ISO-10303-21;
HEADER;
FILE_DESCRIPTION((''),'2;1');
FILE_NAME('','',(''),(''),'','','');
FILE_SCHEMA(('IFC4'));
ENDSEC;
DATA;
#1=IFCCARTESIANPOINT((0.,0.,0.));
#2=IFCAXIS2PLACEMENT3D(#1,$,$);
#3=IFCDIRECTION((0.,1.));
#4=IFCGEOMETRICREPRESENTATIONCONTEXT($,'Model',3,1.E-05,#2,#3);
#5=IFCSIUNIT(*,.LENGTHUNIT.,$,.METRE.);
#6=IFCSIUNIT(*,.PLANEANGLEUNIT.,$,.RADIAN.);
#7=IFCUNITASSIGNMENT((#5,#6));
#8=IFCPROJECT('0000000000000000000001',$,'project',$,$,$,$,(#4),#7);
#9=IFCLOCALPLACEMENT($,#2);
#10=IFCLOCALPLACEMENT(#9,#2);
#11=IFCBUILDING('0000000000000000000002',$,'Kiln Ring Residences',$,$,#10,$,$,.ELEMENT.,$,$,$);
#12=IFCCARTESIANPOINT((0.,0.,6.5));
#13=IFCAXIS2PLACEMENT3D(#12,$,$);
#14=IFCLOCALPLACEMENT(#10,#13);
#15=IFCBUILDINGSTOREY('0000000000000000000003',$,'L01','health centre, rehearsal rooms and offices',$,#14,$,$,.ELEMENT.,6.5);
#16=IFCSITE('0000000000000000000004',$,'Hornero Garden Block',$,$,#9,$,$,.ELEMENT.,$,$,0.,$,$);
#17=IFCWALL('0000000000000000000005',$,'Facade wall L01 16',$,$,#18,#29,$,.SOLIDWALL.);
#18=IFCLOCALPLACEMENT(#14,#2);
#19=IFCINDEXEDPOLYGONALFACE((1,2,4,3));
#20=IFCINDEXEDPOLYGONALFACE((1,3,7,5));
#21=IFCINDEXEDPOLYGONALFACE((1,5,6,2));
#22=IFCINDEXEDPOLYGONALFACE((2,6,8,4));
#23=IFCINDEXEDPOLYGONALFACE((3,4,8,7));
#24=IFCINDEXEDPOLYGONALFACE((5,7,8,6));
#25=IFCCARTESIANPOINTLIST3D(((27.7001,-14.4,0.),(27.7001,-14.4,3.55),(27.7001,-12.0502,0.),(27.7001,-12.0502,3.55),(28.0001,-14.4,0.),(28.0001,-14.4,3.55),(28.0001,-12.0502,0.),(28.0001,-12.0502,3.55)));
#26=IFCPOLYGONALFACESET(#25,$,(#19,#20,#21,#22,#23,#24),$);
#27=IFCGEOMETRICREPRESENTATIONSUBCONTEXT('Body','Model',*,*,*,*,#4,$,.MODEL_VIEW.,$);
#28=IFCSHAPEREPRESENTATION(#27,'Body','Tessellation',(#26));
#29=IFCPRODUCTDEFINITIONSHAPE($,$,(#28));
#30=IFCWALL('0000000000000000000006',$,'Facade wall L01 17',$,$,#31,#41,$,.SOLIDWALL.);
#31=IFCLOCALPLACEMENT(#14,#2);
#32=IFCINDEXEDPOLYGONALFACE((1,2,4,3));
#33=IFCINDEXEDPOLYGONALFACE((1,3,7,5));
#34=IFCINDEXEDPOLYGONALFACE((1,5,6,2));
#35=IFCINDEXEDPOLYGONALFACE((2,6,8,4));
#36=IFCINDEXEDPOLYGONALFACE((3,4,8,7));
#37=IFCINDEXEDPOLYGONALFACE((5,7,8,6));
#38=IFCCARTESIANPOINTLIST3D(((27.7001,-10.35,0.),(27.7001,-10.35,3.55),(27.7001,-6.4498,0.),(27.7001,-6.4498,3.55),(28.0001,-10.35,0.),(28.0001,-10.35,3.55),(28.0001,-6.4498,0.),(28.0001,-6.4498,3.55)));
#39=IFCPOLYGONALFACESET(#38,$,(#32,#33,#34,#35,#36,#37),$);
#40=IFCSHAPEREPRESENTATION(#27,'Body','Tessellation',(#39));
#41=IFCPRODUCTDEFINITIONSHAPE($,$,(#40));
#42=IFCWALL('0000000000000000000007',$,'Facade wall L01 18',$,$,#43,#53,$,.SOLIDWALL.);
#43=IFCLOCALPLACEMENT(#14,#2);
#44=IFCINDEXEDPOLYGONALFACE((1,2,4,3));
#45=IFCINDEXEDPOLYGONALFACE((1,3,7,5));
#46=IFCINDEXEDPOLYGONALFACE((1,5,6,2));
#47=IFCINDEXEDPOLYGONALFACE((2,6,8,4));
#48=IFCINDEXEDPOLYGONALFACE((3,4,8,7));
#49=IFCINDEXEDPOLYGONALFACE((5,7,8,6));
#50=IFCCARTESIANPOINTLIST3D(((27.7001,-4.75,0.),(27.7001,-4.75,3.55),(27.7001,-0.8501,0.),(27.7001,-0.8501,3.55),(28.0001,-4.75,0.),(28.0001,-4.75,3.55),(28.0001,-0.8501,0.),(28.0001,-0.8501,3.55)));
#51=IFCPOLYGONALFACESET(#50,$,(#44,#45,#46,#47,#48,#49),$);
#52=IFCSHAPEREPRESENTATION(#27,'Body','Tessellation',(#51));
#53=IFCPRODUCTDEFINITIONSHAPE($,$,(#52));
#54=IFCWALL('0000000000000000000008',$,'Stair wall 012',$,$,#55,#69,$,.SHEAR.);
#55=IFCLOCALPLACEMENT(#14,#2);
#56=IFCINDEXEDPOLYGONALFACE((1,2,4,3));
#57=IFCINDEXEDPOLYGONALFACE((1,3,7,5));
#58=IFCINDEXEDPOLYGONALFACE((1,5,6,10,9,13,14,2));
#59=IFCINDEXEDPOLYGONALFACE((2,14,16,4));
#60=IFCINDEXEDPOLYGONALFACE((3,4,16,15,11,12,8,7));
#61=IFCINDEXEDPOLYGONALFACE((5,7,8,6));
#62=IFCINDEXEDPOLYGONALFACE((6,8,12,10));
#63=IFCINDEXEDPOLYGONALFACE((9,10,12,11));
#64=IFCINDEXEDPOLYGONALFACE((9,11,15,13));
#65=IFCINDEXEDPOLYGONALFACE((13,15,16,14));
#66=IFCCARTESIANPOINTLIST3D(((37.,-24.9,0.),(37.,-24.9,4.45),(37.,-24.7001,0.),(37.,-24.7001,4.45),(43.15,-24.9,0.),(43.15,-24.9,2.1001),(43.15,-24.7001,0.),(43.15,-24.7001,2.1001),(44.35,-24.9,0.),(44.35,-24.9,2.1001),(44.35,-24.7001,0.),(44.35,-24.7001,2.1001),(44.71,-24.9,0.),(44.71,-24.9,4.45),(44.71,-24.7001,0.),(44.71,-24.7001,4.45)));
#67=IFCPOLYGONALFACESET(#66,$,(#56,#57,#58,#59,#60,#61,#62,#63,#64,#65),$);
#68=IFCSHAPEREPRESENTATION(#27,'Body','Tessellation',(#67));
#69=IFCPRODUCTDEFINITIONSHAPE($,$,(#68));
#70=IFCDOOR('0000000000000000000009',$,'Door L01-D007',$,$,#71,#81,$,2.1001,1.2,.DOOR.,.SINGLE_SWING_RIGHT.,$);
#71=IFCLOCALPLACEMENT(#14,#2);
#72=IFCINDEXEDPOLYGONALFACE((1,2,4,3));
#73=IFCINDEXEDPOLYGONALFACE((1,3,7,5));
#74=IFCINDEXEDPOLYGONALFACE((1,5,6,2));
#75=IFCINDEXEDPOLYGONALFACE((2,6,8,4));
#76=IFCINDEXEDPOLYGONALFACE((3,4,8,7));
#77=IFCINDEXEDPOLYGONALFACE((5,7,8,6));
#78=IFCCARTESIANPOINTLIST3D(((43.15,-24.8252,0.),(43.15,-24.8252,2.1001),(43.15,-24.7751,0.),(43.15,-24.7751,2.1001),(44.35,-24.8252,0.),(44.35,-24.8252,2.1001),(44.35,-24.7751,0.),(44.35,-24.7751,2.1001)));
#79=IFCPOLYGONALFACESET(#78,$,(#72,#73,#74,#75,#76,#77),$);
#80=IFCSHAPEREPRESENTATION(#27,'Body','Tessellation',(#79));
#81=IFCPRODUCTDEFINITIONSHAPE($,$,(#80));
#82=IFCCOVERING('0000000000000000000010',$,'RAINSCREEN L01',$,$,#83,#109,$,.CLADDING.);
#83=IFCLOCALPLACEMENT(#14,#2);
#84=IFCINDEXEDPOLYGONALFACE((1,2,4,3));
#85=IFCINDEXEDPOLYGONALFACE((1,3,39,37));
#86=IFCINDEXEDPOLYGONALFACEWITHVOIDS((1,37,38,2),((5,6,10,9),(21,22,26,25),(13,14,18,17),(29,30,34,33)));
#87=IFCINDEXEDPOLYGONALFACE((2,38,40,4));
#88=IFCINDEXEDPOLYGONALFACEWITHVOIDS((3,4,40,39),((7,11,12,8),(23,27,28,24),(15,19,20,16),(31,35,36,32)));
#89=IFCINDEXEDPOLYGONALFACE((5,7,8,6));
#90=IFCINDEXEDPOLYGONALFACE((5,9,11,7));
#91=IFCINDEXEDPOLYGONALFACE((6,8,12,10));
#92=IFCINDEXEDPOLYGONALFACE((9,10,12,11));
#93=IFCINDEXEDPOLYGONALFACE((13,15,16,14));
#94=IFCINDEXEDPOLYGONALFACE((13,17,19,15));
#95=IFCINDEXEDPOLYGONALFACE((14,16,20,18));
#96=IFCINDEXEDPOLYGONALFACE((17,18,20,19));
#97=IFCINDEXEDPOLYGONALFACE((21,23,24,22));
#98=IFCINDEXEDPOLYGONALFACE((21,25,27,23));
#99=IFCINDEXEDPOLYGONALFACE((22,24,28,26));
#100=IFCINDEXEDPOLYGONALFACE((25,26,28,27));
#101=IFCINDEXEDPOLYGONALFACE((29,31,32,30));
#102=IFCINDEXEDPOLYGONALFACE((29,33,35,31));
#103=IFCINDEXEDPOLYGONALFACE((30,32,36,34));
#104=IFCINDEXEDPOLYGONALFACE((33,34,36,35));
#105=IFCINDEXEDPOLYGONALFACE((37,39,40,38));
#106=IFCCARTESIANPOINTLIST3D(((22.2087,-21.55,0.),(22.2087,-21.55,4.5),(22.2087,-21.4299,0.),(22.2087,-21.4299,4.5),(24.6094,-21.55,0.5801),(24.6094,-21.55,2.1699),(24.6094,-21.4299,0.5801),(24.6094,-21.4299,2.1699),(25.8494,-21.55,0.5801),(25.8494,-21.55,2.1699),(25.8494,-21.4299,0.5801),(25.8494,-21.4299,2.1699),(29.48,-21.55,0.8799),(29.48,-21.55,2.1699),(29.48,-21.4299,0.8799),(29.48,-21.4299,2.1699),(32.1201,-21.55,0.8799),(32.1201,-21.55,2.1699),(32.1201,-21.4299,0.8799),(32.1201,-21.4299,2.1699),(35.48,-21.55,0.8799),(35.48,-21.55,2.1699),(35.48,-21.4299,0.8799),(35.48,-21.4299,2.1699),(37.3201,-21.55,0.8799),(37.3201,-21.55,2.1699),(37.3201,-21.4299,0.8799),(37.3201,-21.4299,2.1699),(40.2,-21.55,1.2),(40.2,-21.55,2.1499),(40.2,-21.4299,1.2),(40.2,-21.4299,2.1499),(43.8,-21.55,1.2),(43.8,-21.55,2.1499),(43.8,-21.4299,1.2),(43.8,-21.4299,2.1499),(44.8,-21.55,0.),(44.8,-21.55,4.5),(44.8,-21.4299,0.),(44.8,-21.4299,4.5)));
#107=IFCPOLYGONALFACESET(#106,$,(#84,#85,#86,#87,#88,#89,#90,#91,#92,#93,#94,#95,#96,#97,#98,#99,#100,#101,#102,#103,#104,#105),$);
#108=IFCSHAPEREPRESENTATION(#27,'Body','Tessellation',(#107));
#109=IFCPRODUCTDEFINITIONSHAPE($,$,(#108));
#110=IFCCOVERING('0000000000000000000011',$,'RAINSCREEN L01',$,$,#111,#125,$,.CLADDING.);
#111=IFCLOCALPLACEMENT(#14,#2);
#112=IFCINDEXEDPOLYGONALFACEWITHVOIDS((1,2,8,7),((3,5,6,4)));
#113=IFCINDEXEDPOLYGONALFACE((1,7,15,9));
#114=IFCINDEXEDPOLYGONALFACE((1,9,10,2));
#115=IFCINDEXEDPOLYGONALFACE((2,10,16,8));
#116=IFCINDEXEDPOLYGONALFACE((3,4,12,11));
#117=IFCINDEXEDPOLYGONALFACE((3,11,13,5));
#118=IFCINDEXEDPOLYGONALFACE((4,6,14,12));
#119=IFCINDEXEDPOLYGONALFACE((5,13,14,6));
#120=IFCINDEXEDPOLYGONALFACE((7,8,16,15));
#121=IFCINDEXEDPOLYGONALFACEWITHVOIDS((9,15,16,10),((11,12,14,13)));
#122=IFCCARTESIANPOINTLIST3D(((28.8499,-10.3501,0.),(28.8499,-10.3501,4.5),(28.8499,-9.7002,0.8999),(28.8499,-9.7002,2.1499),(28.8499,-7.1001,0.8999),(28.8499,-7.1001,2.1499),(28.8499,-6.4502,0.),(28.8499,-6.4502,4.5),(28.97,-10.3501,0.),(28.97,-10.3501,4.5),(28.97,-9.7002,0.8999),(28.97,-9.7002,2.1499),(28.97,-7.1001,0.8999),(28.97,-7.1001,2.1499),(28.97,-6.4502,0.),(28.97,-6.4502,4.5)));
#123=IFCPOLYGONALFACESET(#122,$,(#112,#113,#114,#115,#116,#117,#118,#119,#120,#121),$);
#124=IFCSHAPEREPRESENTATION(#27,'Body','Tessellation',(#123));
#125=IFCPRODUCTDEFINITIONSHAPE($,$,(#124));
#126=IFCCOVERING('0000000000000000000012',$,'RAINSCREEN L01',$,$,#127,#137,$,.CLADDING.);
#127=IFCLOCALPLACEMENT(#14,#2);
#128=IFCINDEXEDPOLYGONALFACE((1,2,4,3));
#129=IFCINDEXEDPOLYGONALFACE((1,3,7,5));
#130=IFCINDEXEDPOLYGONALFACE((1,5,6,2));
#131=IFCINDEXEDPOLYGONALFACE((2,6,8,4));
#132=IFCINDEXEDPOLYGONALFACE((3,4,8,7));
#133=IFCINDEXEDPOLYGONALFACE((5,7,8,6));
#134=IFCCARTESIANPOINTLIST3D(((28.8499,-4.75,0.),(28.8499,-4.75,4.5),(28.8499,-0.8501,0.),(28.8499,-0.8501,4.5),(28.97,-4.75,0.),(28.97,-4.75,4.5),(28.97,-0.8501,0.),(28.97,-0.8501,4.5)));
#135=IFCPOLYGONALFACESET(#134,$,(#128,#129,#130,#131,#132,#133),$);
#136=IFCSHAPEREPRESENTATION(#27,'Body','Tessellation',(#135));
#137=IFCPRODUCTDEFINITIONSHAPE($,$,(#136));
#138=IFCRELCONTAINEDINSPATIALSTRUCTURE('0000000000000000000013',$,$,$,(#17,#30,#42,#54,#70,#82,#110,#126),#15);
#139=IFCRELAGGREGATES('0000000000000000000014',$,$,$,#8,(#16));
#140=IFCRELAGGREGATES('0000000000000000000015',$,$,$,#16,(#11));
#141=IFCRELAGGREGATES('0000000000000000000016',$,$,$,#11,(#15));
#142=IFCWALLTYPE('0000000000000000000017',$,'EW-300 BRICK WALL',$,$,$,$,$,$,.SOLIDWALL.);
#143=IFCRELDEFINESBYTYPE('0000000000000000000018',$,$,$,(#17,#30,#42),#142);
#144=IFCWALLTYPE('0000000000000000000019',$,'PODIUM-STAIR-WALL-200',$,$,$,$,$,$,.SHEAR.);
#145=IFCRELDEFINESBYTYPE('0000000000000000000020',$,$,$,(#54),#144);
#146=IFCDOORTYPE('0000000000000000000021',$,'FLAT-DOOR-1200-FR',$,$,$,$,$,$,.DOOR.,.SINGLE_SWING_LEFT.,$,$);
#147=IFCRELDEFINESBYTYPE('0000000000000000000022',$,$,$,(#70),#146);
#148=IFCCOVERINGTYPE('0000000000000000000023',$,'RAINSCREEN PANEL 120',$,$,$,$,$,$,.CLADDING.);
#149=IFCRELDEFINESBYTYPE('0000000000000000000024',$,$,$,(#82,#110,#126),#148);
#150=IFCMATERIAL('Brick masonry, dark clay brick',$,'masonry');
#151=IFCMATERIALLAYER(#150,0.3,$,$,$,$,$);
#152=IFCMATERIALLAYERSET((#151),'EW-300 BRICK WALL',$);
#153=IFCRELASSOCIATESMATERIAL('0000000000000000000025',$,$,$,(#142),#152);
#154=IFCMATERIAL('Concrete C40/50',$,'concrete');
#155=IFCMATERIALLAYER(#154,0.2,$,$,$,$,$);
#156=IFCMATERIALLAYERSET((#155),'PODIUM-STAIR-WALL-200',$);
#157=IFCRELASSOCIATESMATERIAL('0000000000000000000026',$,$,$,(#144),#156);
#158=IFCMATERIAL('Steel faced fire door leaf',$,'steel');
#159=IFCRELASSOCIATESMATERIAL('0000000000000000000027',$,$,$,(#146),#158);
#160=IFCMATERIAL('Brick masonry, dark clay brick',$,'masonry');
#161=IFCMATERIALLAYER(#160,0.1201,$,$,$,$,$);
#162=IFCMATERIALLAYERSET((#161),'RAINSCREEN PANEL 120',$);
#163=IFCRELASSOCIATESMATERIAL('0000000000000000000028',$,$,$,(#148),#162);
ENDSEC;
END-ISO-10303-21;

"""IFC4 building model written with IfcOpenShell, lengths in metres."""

from ifc_helpers import new_model, si_unit, direction, frame, frame_2d, origin, place, context, subcontext, project, spatial, polyline, rectangle, outline, extrude, material, layer, layer_set, type_object, element, fill, save


model = new_model("IFC4")

# Units and contexts
model_context = context("Model", 3, precision=1e-05, world=origin(), true_north=direction((0.0, 1.0)))
body_context = subcontext(model_context, "Body", "Model", "MODEL_VIEW")
ifc_project = project(units=[si_unit("LENGTHUNIT", "METRE"), si_unit("PLANEANGLEUNIT", "RADIAN")], contexts=[model_context])

# Site, building, storey
site_placement = place(None, origin())
site = spatial("IfcSite", under=ifc_project, at=site_placement, Name="Hornero Garden Block", CompositionType="ELEMENT", RefElevation=0.0)
building_placement = place(site_placement, origin())
building = spatial("IfcBuilding", under=site, at=building_placement, Name="Kiln Ring Residences", CompositionType="ELEMENT")
storey_placement = place(building_placement, frame((0.0, 0.0, 6.5)))
storey = spatial("IfcBuildingStorey", under=building, at=storey_placement, Name="L01", Description="health centre, rehearsal rooms and offices", CompositionType="ELEMENT", Elevation=6.5)

# Shared definitions
ifc_material_1 = material(Name="Brick masonry, dark clay brick", Category="masonry")
ifc_layer_1 = layer(ifc_material_1, 0.3)
ifc_layer_set_1 = layer_set([ifc_layer_1], Name="EW-300 BRICK WALL")
wall_type_1 = type_object("IfcWallType", Name="EW-300 BRICK WALL", PredefinedType="SOLIDWALL", material=ifc_layer_set_1)

# Walls
wall_1_placement = place(storey_placement, frame((27.8501, -14.3999, 0.0), z_axis=(0.0, 0.0, 1.0), x_axis=(0.0, 1.0, 0.0)))
element("IfcWall", 1, at=wall_1_placement, inside=storey, type_object=wall_type_1, Name="Facade wall L01 16", PredefinedType="SOLIDWALL", context=body_context, shape_type="SweptSolid", body=[
    extrude(rectangle(XDim=2.3499, YDim=0.3, at=frame_2d((1.1748, 0.0))), origin(), (0.0, 0.0, 1.0), 3.55),
])
wall_2_placement = place(storey_placement, frame((27.8501, -10.3501, 0.0), z_axis=(0.0, 0.0, 1.0), x_axis=(0.0, 1.0, 0.0)))
element("IfcWall", 2, at=wall_2_placement, inside=storey, type_object=wall_type_1, Name="Facade wall L01 17", PredefinedType="SOLIDWALL", context=body_context, shape_type="SweptSolid", body=[
    extrude(rectangle(XDim=3.9001, YDim=0.3, at=frame_2d((1.9502, 0.0))), origin(), (0.0, 0.0, 1.0), 3.55),
])
wall_3_placement = place(storey_placement, frame((27.8501, -4.75, 0.0), z_axis=(0.0, 0.0, 1.0), x_axis=(0.0, 1.0, 0.0)))
element("IfcWall", 3, at=wall_3_placement, inside=storey, type_object=wall_type_1, Name="Facade wall L01 18", PredefinedType="SOLIDWALL", context=body_context, shape_type="SweptSolid", body=[
    extrude(rectangle(XDim=3.8999, YDim=0.3, at=frame_2d((1.95, 0.0))), origin(), (0.0, 0.0, 1.0), 3.55),
])

# Wall, opening, door
ifc_material_2 = material(Name="Concrete C40/50", Category="concrete")
ifc_layer_2 = layer(ifc_material_2, 0.2)
ifc_layer_set_2 = layer_set([ifc_layer_2], Name="PODIUM-STAIR-WALL-200")
wall_type_2 = type_object("IfcWallType", Name="PODIUM-STAIR-WALL-200", PredefinedType="SHEAR", material=ifc_layer_set_2)
wall_4_placement = place(storey_placement, frame((37.0, -24.8, 0.0), z_axis=(0.0, 0.0, 1.0), x_axis=(1.0, 0.0, 0.0)))
wall_4 = element("IfcWall", 4, at=wall_4_placement, inside=storey, type_object=wall_type_2, Name="Stair wall 012", PredefinedType="SHEAR", context=body_context, shape_type="SweptSolid", body=[
    extrude(rectangle(XDim=7.71, YDim=0.2, at=frame_2d((3.855, 0.0))), origin(), (0.0, 0.0, 1.0), 4.45),
])
opening_1_placement = place(wall_4_placement, frame((6.1499, 0.0, 0.0)))
opening_1 = element("IfcOpeningElement", 5, at=opening_1_placement, cuts=wall_4, PredefinedType="OPENING", context=body_context, shape_type="SweptSolid", body=[
    extrude(rectangle(XDim=1.2, YDim=2.1001, at=frame_2d((0.6001, 1.05))), frame((0.0, 0.1099, 0.0), z_axis=(0.0, -1.0, 0.0), x_axis=(1.0, 0.0, 0.0)), (0.0, 0.0, 1.0), 0.22),
])
ifc_material_3 = material(Name="Steel faced fire door leaf", Category="steel")
door_type = type_object("IfcDoorType", Name="FLAT-DOOR-1200-FR", OperationType="SINGLE_SWING_LEFT", PredefinedType="DOOR", material=ifc_material_3)
door_placement = place(opening_1_placement, origin())
door = element("IfcDoor", 6, at=door_placement, inside=storey, type_object=door_type, Name="Door L01-D007", OperationType="SINGLE_SWING_RIGHT", OverallHeight=2.1001, OverallWidth=1.2, PredefinedType="DOOR", context=body_context, shape_type="SweptSolid", body=[
    extrude(rectangle(XDim=1.2, YDim=2.1001, at=frame_2d((0.6001, 1.05))), frame((0.0, 0.0249, 0.0), z_axis=(0.0, -1.0, 0.0), x_axis=(1.0, 0.0, 0.0)), (0.0, 0.0, 1.0), 0.05),
])
fill(opening_1, door)

# Coverings
ifc_material_4 = material(Name="Brick masonry, dark clay brick", Category="masonry")
ifc_layer_3 = layer(ifc_material_4, 0.1201)
ifc_layer_set_3 = layer_set([ifc_layer_3], Name="RAINSCREEN PANEL 120")
covering_type = type_object("IfcCoveringType", Name="RAINSCREEN PANEL 120", PredefinedType="CLADDING", material=ifc_layer_set_3)
covering_1_placement = place(storey_placement, frame((44.8, -21.49, 0.0), z_axis=(0.0, 0.0, 1.0), x_axis=(-1.0, 0.0, 0.0)))
element("IfcCovering", 7, at=covering_1_placement, inside=storey, type_object=covering_type, Name="RAINSCREEN L01", PredefinedType="CLADDING", context=body_context, shape_type="SweptSolid", body=[
    extrude(outline(polyline([(0.0, 0.0), (22.5913, 0.0), (22.5913, 4.5), (0.0, 4.5), (0.0, 0.0)]), holes=[polyline([(20.1907, 0.5801), (20.1907, 2.1699), (18.9507, 2.1699), (18.9507, 0.5801), (20.1907, 0.5801)]), polyline([(9.3201, 0.8799), (9.3201, 2.1699), (7.48, 2.1699), (7.48, 0.8799), (9.3201, 0.8799)]), polyline([(15.3201, 0.8799), (15.3201, 2.1699), (12.6799, 2.1699), (12.6799, 0.8799), (15.3201, 0.8799)]), polyline([(4.6001, 1.2), (4.6001, 2.1499), (1.0, 2.1499), (1.0, 1.2), (4.6001, 1.2)])]), frame((0.0, 0.0601, 0.0), z_axis=(0.0, -1.0, 0.0), x_axis=(1.0, 0.0, 0.0)), (0.0, 0.0, 1.0), 0.1201),
])
covering_2_placement = place(storey_placement, frame((28.9099, -10.3501, 0.0), z_axis=(0.0, 0.0, 1.0), x_axis=(0.0, 1.0, 0.0)))
element("IfcCovering", 8, at=covering_2_placement, inside=storey, type_object=covering_type, Name="RAINSCREEN L01", PredefinedType="CLADDING", context=body_context, shape_type="SweptSolid", body=[
    extrude(outline(polyline([(0.0, 0.0), (3.8999, 0.0), (3.8999, 4.5), (0.0, 4.5), (0.0, 0.0)]), holes=[polyline([(0.6499, 2.1499), (0.6499, 0.8999), (3.25, 0.8999), (3.25, 2.1499), (0.6499, 2.1499)])]), frame((0.0, 0.0601, 0.0), z_axis=(0.0, -1.0, 0.0), x_axis=(1.0, 0.0, 0.0)), (0.0, 0.0, 1.0), 0.1201),
])
covering_3_placement = place(storey_placement, frame((28.9099, -4.75, 0.0), z_axis=(0.0, 0.0, 1.0), x_axis=(0.0, 1.0, 0.0)))
element("IfcCovering", 9, at=covering_3_placement, inside=storey, type_object=covering_type, Name="RAINSCREEN L01", PredefinedType="CLADDING", context=body_context, shape_type="SweptSolid", body=[
    extrude(outline(polyline([(0.0, 0.0), (3.8999, 0.0), (3.8999, 4.5), (0.0, 4.5), (0.0, 0.0)])), frame((0.0, 0.0601, 0.0), z_axis=(0.0, -1.0, 0.0), x_axis=(1.0, 0.0, 0.0)), (0.0, 0.0, 1.0), 0.1201),
])

save(model, "model.ifc")
